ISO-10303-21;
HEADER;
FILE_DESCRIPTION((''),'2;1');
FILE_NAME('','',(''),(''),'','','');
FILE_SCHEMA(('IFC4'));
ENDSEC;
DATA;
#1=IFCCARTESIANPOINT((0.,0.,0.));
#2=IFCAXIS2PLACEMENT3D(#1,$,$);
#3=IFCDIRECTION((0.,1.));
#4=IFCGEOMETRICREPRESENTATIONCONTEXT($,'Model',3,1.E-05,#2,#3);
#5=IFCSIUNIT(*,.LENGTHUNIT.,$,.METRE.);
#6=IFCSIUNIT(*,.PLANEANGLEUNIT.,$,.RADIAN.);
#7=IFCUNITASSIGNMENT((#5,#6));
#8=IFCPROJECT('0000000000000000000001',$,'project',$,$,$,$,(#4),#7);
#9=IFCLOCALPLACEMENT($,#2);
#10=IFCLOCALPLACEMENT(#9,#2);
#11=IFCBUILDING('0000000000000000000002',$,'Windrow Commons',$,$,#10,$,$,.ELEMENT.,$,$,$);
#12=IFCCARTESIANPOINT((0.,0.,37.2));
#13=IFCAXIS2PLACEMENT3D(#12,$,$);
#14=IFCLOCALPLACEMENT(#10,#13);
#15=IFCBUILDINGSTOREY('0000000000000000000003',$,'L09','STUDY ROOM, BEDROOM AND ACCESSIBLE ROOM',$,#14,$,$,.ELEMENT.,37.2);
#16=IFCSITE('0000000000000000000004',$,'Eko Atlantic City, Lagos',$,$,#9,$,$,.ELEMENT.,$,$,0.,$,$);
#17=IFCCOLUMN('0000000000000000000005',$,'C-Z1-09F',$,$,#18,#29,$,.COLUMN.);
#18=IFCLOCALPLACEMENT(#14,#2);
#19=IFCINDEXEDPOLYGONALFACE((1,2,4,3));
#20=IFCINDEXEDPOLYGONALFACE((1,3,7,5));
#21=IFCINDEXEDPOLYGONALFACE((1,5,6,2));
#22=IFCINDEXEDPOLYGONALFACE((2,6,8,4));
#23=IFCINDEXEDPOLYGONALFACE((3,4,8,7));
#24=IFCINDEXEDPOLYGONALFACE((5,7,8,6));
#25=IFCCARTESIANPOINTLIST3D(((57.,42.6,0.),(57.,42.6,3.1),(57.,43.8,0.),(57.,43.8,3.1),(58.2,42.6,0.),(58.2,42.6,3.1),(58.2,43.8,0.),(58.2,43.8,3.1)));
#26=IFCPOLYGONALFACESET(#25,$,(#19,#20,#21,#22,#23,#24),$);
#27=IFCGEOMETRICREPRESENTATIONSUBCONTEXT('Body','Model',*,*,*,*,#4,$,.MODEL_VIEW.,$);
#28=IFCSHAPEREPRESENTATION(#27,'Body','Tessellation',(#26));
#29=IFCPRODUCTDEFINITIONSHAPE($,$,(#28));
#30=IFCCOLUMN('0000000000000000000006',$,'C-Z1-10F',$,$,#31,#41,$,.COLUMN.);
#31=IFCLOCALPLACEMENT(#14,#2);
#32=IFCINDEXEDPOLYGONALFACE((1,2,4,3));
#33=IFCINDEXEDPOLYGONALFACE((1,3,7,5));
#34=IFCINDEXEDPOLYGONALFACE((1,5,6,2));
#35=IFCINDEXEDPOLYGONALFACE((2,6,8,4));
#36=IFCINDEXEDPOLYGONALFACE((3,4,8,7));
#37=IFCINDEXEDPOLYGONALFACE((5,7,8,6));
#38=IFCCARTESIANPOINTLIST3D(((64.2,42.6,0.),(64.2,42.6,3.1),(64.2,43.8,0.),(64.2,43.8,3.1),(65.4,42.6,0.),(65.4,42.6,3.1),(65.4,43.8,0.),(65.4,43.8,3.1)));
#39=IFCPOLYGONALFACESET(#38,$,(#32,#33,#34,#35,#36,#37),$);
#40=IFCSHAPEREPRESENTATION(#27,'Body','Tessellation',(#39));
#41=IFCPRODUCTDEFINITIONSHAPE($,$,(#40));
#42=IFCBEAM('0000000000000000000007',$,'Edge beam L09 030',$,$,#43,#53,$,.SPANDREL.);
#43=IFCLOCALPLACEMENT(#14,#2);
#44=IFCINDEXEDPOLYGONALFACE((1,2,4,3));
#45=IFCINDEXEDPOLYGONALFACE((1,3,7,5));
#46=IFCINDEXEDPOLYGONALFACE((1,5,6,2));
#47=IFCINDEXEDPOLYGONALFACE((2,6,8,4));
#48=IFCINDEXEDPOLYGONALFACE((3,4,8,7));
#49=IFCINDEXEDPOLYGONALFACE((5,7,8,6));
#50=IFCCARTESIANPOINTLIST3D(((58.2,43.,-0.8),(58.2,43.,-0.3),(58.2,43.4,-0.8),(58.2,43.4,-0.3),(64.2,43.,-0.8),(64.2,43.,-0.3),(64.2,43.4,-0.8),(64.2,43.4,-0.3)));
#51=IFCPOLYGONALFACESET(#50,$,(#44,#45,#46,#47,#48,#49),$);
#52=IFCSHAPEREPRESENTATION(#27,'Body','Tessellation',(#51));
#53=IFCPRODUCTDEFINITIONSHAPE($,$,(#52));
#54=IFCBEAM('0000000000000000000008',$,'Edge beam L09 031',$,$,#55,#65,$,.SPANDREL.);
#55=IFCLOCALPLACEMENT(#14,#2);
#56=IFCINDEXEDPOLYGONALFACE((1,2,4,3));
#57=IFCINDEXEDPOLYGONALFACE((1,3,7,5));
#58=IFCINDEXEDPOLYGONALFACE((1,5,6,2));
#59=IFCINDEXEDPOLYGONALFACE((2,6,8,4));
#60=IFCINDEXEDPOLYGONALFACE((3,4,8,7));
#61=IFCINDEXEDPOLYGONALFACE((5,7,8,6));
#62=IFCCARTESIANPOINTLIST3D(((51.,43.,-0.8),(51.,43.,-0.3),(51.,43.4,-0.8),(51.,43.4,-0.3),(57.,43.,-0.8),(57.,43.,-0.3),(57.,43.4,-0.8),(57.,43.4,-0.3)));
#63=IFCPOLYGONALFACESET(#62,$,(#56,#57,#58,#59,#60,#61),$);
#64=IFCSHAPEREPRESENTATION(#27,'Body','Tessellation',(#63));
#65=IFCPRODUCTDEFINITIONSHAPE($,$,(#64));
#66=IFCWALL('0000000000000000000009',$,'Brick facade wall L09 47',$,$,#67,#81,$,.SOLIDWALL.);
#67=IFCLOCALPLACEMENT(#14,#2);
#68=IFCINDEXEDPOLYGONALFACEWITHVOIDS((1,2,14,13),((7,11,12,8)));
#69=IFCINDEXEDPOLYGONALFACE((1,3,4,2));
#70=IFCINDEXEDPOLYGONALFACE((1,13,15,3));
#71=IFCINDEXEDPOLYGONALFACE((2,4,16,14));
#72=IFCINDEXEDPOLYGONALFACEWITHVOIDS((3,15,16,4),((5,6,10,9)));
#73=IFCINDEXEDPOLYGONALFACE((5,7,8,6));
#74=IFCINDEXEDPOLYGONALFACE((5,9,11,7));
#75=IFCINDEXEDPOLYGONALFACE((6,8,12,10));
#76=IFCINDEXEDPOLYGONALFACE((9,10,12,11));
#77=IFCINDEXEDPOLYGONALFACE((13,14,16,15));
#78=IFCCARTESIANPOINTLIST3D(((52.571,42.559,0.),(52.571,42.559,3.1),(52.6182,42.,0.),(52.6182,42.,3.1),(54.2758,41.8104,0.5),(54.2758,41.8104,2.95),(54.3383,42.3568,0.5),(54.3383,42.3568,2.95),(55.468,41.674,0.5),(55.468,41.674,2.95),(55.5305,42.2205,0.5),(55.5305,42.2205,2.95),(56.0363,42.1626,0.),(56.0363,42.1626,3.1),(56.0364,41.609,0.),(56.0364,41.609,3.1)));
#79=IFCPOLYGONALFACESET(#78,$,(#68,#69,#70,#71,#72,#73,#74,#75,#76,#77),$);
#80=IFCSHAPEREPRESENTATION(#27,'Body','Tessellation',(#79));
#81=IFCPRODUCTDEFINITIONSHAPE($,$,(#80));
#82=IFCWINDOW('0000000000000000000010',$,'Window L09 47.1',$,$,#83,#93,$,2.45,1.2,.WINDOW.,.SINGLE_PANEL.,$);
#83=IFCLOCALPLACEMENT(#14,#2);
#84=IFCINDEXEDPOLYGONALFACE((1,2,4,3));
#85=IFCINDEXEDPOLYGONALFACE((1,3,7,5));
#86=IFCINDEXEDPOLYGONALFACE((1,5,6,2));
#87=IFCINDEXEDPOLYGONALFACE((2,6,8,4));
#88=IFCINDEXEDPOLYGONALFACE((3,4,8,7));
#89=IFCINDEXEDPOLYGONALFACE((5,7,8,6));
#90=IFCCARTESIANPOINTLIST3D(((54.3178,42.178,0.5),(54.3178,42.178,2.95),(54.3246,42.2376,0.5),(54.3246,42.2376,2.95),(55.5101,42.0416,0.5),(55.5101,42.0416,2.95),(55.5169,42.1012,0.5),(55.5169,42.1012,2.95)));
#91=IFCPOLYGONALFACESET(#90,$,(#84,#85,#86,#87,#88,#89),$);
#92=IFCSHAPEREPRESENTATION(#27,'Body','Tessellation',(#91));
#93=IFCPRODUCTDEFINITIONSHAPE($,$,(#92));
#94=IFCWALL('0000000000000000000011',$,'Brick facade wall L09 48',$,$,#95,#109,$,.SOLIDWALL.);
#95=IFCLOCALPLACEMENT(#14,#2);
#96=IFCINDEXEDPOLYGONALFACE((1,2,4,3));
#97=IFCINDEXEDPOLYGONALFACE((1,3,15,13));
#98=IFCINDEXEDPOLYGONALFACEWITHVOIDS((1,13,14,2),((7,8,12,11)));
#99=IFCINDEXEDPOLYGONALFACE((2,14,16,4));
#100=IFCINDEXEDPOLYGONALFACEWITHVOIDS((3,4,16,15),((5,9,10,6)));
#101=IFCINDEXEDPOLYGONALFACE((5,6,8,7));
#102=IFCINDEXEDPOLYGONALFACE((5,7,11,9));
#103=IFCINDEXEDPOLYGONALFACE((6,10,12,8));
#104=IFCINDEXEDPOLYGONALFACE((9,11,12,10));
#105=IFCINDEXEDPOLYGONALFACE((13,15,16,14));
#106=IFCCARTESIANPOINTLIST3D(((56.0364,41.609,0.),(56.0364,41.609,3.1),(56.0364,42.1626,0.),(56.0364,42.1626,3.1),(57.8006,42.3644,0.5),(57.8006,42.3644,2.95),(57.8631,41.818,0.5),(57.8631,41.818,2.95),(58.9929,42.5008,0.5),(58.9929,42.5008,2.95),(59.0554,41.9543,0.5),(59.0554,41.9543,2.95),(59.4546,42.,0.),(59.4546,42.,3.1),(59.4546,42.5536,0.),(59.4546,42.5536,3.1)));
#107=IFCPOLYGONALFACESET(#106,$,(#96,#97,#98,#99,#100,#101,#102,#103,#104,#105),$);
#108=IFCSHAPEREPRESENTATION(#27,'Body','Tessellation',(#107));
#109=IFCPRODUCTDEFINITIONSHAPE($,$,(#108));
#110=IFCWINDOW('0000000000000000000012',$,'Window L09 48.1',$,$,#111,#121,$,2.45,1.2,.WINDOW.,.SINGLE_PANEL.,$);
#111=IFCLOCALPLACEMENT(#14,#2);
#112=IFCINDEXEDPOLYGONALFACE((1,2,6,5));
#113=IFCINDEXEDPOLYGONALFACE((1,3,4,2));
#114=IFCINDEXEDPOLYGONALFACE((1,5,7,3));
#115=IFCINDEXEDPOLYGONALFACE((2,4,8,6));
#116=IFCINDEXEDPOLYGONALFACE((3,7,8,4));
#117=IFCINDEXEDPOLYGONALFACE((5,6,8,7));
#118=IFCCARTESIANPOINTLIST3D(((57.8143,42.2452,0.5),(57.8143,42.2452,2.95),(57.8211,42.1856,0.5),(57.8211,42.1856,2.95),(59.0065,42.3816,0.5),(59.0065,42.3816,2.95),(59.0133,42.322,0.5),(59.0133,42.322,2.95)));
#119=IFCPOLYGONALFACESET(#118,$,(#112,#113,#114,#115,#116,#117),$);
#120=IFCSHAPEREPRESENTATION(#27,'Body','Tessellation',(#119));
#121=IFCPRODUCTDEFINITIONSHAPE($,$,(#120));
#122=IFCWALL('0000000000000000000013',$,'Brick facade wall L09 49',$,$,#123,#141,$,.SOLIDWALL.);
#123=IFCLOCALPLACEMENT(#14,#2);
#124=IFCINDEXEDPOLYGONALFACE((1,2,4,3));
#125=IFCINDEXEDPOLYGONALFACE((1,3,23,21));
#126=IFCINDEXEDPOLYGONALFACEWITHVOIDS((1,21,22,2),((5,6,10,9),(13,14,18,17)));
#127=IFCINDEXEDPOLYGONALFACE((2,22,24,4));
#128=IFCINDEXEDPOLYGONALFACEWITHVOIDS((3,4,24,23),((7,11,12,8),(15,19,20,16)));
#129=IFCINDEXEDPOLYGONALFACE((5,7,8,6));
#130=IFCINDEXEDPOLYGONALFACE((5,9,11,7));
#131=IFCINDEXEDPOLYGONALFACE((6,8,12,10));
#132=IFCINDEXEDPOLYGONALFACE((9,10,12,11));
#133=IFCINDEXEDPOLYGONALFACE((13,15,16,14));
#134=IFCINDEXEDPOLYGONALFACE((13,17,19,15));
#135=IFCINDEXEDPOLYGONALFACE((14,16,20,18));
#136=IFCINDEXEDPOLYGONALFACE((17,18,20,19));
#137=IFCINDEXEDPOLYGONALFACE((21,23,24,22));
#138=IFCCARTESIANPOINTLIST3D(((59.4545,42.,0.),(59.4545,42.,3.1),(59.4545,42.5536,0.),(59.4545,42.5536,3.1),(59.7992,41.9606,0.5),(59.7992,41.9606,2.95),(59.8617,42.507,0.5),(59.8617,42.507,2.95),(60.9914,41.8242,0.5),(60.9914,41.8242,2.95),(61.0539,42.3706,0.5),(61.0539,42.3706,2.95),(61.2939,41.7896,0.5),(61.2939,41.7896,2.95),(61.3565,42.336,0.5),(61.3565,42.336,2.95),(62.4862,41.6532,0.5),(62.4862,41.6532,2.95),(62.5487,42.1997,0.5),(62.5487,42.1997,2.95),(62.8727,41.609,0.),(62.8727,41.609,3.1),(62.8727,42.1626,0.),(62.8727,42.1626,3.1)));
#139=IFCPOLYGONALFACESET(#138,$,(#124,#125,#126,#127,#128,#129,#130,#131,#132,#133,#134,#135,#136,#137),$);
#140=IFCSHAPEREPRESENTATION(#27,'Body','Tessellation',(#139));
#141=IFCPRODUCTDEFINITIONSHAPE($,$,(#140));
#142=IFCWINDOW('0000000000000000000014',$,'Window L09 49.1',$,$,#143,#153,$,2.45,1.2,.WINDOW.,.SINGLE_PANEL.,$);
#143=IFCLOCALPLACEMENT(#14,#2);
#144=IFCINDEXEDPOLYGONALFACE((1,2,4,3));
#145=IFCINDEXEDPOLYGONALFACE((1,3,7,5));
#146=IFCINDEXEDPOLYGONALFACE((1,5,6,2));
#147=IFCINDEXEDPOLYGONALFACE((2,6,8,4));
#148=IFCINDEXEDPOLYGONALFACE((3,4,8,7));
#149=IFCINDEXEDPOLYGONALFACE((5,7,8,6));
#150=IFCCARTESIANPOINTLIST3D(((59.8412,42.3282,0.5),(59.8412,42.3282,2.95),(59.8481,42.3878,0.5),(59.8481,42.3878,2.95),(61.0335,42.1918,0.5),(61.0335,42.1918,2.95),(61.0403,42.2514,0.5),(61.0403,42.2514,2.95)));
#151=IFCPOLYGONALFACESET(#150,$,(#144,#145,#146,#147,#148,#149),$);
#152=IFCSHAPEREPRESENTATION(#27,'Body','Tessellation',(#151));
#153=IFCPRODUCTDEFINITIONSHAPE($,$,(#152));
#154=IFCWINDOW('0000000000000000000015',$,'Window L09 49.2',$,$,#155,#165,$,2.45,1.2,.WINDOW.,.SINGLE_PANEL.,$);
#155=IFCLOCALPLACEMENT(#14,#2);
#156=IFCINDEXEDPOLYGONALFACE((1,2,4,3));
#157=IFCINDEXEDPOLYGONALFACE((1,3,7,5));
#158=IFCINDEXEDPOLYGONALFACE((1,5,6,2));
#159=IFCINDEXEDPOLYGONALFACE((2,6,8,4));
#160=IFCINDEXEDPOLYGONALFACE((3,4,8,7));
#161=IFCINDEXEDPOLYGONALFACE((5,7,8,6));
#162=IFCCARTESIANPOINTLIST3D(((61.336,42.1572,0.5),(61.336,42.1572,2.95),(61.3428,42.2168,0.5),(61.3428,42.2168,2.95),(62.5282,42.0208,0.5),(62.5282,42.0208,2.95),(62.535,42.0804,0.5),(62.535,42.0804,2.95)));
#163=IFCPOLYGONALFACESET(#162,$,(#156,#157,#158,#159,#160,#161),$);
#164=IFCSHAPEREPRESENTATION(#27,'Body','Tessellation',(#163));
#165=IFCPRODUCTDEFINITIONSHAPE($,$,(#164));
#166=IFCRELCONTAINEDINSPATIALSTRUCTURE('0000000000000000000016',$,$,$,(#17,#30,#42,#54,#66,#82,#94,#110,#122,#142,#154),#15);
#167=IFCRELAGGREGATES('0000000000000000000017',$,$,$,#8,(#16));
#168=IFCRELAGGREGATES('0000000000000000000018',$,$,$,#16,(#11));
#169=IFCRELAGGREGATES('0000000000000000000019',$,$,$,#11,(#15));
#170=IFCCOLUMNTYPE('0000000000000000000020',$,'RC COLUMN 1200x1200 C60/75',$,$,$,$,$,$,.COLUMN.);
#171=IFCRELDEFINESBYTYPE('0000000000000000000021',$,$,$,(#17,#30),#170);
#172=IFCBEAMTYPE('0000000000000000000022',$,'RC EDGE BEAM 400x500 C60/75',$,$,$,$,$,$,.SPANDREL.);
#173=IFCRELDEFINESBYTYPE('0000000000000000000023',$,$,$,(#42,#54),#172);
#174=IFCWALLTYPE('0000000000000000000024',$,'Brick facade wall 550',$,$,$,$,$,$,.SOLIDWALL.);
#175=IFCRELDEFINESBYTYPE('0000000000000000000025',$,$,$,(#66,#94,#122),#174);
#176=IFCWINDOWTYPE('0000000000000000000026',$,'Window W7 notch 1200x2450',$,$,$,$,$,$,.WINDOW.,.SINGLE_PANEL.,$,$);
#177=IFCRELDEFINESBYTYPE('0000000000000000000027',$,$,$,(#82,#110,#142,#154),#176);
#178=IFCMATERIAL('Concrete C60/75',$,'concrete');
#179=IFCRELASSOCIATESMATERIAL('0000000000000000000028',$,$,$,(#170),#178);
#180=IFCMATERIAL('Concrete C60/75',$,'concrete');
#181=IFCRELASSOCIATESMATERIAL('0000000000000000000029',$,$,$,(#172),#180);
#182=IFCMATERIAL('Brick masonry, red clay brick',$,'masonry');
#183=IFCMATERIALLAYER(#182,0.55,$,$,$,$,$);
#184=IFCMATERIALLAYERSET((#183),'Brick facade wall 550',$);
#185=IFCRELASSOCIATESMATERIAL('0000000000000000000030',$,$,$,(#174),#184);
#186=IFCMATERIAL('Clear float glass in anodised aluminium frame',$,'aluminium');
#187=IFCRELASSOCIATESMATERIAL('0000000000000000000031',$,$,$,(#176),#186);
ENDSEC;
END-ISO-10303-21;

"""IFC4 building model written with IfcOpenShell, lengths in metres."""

from ifc_helpers import new_model, si_unit, direction, frame, frame_2d, origin, origin_2d, place, context, subcontext, project, spatial, polyline, rectangle, outline, extrude, material, layer, layer_set, material_profile, profile_set, type_object, element, fill, save


model = new_model("IFC4")

# Units and contexts
model_context = context("Model", 3, precision=1e-05, world=origin(), true_north=direction((0.0, 1.0)))
body_context = subcontext(model_context, "Body", "Model", "MODEL_VIEW")
ifc_project = project(units=[si_unit("LENGTHUNIT", "METRE"), si_unit("PLANEANGLEUNIT", "RADIAN")], contexts=[model_context])

# Site, building, storey
site_placement = place(None, origin())
site = spatial("IfcSite", under=ifc_project, at=site_placement, Name="Eko Atlantic City, Lagos", CompositionType="ELEMENT", RefElevation=0.0)
building_placement = place(site_placement, origin())
building = spatial("IfcBuilding", under=site, at=building_placement, Name="Windrow Commons", CompositionType="ELEMENT")
storey_placement = place(building_placement, frame((0.0, 0.0, 37.2)))
storey = spatial("IfcBuildingStorey", under=building, at=storey_placement, Name="L09", Description="STUDY ROOM, BEDROOM AND ACCESSIBLE ROOM", CompositionType="ELEMENT", Elevation=37.2)

# Columns
ifc_material_1 = material(Name="Concrete C60/75", Category="concrete")
ifc_material_profile_1 = material_profile(ifc_material_1, rectangle(XDim=1.2, YDim=1.2, at=origin_2d()))
ifc_profile_set_1 = profile_set([ifc_material_profile_1], Name="Concrete C60/75")
column_type = type_object("IfcColumnType", Name="RC COLUMN 1200x1200 C60/75", PredefinedType="COLUMN", material=ifc_profile_set_1)
for number, where, z_axis, x_axis, name in (
    (1, (57.6, 43.2, 0.0), (0.0, 0.0, 1.0), (1.0, 0.0, 0.0), "C-Z1-09F"),
    (2, (64.8, 43.2, 0.0), (0.0, 0.0, 1.0), (1.0, 0.0, 0.0), "C-Z1-10F"),
):
    element("IfcColumn", number, at=place(storey_placement, frame(where, z_axis=z_axis, x_axis=x_axis)), inside=storey, type_object=column_type, Name=name, PredefinedType="COLUMN", context=body_context, shape_type="SweptSolid", body=[
        extrude(rectangle(XDim=1.2, YDim=1.2, at=origin_2d()), origin(), (0.0, 0.0, 1.0), 3.1),
    ])

# Beams
ifc_material_2 = material(Name="Concrete C60/75", Category="concrete")
ifc_material_profile_2 = material_profile(ifc_material_2, rectangle(XDim=0.4, YDim=0.5, at=origin_2d()))
ifc_profile_set_2 = profile_set([ifc_material_profile_2], Name="Concrete C60/75")
beam_type = type_object("IfcBeamType", Name="RC EDGE BEAM 400x500 C60/75", PredefinedType="SPANDREL", material=ifc_profile_set_2)
for number, where, z_axis, x_axis, name in (
    (3, (64.2, 43.2, -0.55), (-1.0, 0.0, 0.0), (0.0, -1.0, 0.0), "Edge beam L09 030"),
    (4, (57.0, 43.2, -0.55), (-1.0, 0.0, 0.0), (0.0, -1.0, 0.0), "Edge beam L09 031"),
):
    element("IfcBeam", number, at=place(storey_placement, frame(where, z_axis=z_axis, x_axis=x_axis)), inside=storey, type_object=beam_type, Name=name, PredefinedType="SPANDREL", context=body_context, shape_type="SweptSolid", body=[
        extrude(rectangle(XDim=0.4, YDim=0.5, at=origin_2d()), origin(), (0.0, 0.0, 1.0), 6.0),
    ])

# Walls, openings, windows
ifc_material_3 = material(Name="Brick masonry, red clay brick", Category="masonry")
ifc_layer_1 = layer(ifc_material_3, 0.55)
ifc_layer_set_1 = layer_set([ifc_layer_1], Name="Brick facade wall 550")
wall_type_1 = type_object("IfcWallType", Name="Brick facade wall 550", PredefinedType="SOLIDWALL", material=ifc_layer_set_1)
wall_1_placement = place(storey_placement, frame((52.5946, 42.2795, 0.0), z_axis=(0.0, 0.0, 1.0), x_axis=(0.993521, -0.113647, 0.0)))
wall_1 = element("IfcWall", 5, at=wall_1_placement, inside=storey, type_object=wall_type_1, Name="Brick facade wall L09 47", PredefinedType="SOLIDWALL", context=body_context, shape_type="SweptSolid", body=[
    extrude(outline(polyline([(0.0552, -0.275), (3.4957, -0.275), (3.4327, 0.275), (-0.0552, 0.275), (0.0552, -0.275)])), origin(), (0.0, 0.0, 1.0), 3.1),
])
opening_1_placement = place(wall_1_placement, frame((1.7236, 0.0, 0.5)))
opening_1 = element("IfcOpeningElement", 6, at=opening_1_placement, cuts=wall_1, PredefinedType="OPENING", context=body_context, shape_type="SweptSolid", body=[
    extrude(rectangle(XDim=1.2, YDim=2.45, at=frame_2d((0.6, 1.225))), frame((0.0, 0.285, 0.0), z_axis=(0.0, -1.0, 0.0), x_axis=(1.0, 0.0, 0.0)), (0.0, 0.0, 1.0), 0.57),
])
ifc_material_4 = material(Name="Clear float glass in anodised aluminium frame", Category="aluminium")
window_type = type_object("IfcWindowType", Name="Window W7 notch 1200x2450", PartitioningType="SINGLE_PANEL", PredefinedType="WINDOW", material=ifc_material_4)
window_1_placement = place(opening_1_placement, origin())
window_1 = element("IfcWindow", 7, at=window_1_placement, inside=storey, type_object=window_type, Name="Window L09 47.1", OverallHeight=2.45, OverallWidth=1.2, PartitioningType="SINGLE_PANEL", PredefinedType="WINDOW", context=body_context, shape_type="SweptSolid", body=[
    extrude(rectangle(XDim=1.2, YDim=2.45, at=frame_2d((0.6, 1.225))), frame((0.0, 0.155, 0.0), z_axis=(0.0, -1.0, 0.0), x_axis=(1.0, 0.0, 0.0)), (0.0, 0.0, 1.0), 0.06),
])
fill(opening_1, window_1)
wall_2_placement = place(storey_placement, frame((56.0364, 41.8858, 0.0), z_axis=(0.0, 0.0, 1.0), x_axis=(0.993521, 0.11365, 0.0)))
wall_2 = element("IfcWall", 8, at=wall_2_placement, inside=storey, type_object=wall_type_1, Name="Brick facade wall L09 48", PredefinedType="SOLIDWALL", context=body_context, shape_type="SweptSolid", body=[
    extrude(outline(polyline([(-0.0315, -0.275), (3.409, -0.275), (3.4719, 0.275), (0.0315, 0.275), (-0.0315, -0.275)])), origin(), (0.0, 0.0, 1.0), 3.1),
])
opening_2_placement = place(wall_2_placement, frame((1.8072, 0.0, 0.5)))
opening_2 = element("IfcOpeningElement", 9, at=opening_2_placement, cuts=wall_2, PredefinedType="OPENING", context=body_context, shape_type="SweptSolid", body=[
    extrude(rectangle(XDim=1.2, YDim=2.45, at=frame_2d((0.6, 1.225))), frame((0.0, 0.285, 0.0), z_axis=(0.0, -1.0, 0.0), x_axis=(1.0, 0.0, 0.0)), (0.0, 0.0, 1.0), 0.57),
])
window_2_placement = place(opening_2_placement, origin())
window_2 = element("IfcWindow", 10, at=window_2_placement, inside=storey, type_object=window_type, Name="Window L09 48.1", OverallHeight=2.45, OverallWidth=1.2, PartitioningType="SINGLE_PANEL", PredefinedType="WINDOW", context=body_context, shape_type="SweptSolid", body=[
    extrude(rectangle(XDim=1.2, YDim=2.45, at=frame_2d((0.6, 1.225))), frame((0.0, 0.155, 0.0), z_axis=(0.0, -1.0, 0.0), x_axis=(1.0, 0.0, 0.0)), (0.0, 0.0, 1.0), 0.06),
])
fill(opening_2, window_2)

# Wall, openings, windows
wall_3_placement = place(storey_placement, frame((59.4545, 42.2768, 0.0), z_axis=(0.0, 0.0, 1.0), x_axis=(0.993521, -0.113647, 0.0)))
wall_3 = element("IfcWall", 11, at=wall_3_placement, inside=storey, type_object=wall_type_1, Name="Brick facade wall L09 49", PredefinedType="SOLIDWALL", context=body_context, shape_type="SweptSolid", body=[
    extrude(outline(polyline([(0.0315, -0.275), (3.4719, -0.275), (3.409, 0.275), (-0.0315, 0.275), (0.0315, -0.275)])), origin(), (0.0, 0.0, 1.0), 3.1),
])
opening_3_placement = place(wall_3_placement, frame((0.3784, 0.0, 0.5)))
opening_3 = element("IfcOpeningElement", 12, at=opening_3_placement, cuts=wall_3, PredefinedType="OPENING", context=body_context, shape_type="SweptSolid", body=[
    extrude(rectangle(XDim=1.2, YDim=2.45, at=frame_2d((0.6, 1.225))), frame((0.0, 0.285, 0.0), z_axis=(0.0, -1.0, 0.0), x_axis=(1.0, 0.0, 0.0)), (0.0, 0.0, 1.0), 0.57),
])
opening_4_placement = place(wall_3_placement, frame((1.8829, 0.0, 0.5)))
opening_4 = element("IfcOpeningElement", 13, at=opening_4_placement, cuts=wall_3, PredefinedType="OPENING", context=body_context, shape_type="SweptSolid", body=[
    extrude(rectangle(XDim=1.2, YDim=2.45, at=frame_2d((0.6, 1.225))), frame((0.0, 0.285, 0.0), z_axis=(0.0, -1.0, 0.0), x_axis=(1.0, 0.0, 0.0)), (0.0, 0.0, 1.0), 0.57),
])
window_3_placement = place(opening_3_placement, origin())
window_3 = element("IfcWindow", 14, at=window_3_placement, inside=storey, type_object=window_type, Name="Window L09 49.1", OverallHeight=2.45, OverallWidth=1.2, PartitioningType="SINGLE_PANEL", PredefinedType="WINDOW", context=body_context, shape_type="SweptSolid", body=[
    extrude(rectangle(XDim=1.2, YDim=2.45, at=frame_2d((0.6, 1.225))), frame((0.0, 0.155, 0.0), z_axis=(0.0, -1.0, 0.0), x_axis=(1.0, 0.0, 0.0)), (0.0, 0.0, 1.0), 0.06),
])
fill(opening_3, window_3)
window_4_placement = place(opening_4_placement, origin())
window_4 = element("IfcWindow", 15, at=window_4_placement, inside=storey, type_object=window_type, Name="Window L09 49.2", OverallHeight=2.45, OverallWidth=1.2, PartitioningType="SINGLE_PANEL", PredefinedType="WINDOW", context=body_context, shape_type="SweptSolid", body=[
    extrude(rectangle(XDim=1.2, YDim=2.45, at=frame_2d((0.6, 1.225))), frame((0.0, 0.155, 0.0), z_axis=(0.0, -1.0, 0.0), x_axis=(1.0, 0.0, 0.0)), (0.0, 0.0, 1.0), 0.06),
])
fill(opening_4, window_4)

save(model, "model.ifc")
